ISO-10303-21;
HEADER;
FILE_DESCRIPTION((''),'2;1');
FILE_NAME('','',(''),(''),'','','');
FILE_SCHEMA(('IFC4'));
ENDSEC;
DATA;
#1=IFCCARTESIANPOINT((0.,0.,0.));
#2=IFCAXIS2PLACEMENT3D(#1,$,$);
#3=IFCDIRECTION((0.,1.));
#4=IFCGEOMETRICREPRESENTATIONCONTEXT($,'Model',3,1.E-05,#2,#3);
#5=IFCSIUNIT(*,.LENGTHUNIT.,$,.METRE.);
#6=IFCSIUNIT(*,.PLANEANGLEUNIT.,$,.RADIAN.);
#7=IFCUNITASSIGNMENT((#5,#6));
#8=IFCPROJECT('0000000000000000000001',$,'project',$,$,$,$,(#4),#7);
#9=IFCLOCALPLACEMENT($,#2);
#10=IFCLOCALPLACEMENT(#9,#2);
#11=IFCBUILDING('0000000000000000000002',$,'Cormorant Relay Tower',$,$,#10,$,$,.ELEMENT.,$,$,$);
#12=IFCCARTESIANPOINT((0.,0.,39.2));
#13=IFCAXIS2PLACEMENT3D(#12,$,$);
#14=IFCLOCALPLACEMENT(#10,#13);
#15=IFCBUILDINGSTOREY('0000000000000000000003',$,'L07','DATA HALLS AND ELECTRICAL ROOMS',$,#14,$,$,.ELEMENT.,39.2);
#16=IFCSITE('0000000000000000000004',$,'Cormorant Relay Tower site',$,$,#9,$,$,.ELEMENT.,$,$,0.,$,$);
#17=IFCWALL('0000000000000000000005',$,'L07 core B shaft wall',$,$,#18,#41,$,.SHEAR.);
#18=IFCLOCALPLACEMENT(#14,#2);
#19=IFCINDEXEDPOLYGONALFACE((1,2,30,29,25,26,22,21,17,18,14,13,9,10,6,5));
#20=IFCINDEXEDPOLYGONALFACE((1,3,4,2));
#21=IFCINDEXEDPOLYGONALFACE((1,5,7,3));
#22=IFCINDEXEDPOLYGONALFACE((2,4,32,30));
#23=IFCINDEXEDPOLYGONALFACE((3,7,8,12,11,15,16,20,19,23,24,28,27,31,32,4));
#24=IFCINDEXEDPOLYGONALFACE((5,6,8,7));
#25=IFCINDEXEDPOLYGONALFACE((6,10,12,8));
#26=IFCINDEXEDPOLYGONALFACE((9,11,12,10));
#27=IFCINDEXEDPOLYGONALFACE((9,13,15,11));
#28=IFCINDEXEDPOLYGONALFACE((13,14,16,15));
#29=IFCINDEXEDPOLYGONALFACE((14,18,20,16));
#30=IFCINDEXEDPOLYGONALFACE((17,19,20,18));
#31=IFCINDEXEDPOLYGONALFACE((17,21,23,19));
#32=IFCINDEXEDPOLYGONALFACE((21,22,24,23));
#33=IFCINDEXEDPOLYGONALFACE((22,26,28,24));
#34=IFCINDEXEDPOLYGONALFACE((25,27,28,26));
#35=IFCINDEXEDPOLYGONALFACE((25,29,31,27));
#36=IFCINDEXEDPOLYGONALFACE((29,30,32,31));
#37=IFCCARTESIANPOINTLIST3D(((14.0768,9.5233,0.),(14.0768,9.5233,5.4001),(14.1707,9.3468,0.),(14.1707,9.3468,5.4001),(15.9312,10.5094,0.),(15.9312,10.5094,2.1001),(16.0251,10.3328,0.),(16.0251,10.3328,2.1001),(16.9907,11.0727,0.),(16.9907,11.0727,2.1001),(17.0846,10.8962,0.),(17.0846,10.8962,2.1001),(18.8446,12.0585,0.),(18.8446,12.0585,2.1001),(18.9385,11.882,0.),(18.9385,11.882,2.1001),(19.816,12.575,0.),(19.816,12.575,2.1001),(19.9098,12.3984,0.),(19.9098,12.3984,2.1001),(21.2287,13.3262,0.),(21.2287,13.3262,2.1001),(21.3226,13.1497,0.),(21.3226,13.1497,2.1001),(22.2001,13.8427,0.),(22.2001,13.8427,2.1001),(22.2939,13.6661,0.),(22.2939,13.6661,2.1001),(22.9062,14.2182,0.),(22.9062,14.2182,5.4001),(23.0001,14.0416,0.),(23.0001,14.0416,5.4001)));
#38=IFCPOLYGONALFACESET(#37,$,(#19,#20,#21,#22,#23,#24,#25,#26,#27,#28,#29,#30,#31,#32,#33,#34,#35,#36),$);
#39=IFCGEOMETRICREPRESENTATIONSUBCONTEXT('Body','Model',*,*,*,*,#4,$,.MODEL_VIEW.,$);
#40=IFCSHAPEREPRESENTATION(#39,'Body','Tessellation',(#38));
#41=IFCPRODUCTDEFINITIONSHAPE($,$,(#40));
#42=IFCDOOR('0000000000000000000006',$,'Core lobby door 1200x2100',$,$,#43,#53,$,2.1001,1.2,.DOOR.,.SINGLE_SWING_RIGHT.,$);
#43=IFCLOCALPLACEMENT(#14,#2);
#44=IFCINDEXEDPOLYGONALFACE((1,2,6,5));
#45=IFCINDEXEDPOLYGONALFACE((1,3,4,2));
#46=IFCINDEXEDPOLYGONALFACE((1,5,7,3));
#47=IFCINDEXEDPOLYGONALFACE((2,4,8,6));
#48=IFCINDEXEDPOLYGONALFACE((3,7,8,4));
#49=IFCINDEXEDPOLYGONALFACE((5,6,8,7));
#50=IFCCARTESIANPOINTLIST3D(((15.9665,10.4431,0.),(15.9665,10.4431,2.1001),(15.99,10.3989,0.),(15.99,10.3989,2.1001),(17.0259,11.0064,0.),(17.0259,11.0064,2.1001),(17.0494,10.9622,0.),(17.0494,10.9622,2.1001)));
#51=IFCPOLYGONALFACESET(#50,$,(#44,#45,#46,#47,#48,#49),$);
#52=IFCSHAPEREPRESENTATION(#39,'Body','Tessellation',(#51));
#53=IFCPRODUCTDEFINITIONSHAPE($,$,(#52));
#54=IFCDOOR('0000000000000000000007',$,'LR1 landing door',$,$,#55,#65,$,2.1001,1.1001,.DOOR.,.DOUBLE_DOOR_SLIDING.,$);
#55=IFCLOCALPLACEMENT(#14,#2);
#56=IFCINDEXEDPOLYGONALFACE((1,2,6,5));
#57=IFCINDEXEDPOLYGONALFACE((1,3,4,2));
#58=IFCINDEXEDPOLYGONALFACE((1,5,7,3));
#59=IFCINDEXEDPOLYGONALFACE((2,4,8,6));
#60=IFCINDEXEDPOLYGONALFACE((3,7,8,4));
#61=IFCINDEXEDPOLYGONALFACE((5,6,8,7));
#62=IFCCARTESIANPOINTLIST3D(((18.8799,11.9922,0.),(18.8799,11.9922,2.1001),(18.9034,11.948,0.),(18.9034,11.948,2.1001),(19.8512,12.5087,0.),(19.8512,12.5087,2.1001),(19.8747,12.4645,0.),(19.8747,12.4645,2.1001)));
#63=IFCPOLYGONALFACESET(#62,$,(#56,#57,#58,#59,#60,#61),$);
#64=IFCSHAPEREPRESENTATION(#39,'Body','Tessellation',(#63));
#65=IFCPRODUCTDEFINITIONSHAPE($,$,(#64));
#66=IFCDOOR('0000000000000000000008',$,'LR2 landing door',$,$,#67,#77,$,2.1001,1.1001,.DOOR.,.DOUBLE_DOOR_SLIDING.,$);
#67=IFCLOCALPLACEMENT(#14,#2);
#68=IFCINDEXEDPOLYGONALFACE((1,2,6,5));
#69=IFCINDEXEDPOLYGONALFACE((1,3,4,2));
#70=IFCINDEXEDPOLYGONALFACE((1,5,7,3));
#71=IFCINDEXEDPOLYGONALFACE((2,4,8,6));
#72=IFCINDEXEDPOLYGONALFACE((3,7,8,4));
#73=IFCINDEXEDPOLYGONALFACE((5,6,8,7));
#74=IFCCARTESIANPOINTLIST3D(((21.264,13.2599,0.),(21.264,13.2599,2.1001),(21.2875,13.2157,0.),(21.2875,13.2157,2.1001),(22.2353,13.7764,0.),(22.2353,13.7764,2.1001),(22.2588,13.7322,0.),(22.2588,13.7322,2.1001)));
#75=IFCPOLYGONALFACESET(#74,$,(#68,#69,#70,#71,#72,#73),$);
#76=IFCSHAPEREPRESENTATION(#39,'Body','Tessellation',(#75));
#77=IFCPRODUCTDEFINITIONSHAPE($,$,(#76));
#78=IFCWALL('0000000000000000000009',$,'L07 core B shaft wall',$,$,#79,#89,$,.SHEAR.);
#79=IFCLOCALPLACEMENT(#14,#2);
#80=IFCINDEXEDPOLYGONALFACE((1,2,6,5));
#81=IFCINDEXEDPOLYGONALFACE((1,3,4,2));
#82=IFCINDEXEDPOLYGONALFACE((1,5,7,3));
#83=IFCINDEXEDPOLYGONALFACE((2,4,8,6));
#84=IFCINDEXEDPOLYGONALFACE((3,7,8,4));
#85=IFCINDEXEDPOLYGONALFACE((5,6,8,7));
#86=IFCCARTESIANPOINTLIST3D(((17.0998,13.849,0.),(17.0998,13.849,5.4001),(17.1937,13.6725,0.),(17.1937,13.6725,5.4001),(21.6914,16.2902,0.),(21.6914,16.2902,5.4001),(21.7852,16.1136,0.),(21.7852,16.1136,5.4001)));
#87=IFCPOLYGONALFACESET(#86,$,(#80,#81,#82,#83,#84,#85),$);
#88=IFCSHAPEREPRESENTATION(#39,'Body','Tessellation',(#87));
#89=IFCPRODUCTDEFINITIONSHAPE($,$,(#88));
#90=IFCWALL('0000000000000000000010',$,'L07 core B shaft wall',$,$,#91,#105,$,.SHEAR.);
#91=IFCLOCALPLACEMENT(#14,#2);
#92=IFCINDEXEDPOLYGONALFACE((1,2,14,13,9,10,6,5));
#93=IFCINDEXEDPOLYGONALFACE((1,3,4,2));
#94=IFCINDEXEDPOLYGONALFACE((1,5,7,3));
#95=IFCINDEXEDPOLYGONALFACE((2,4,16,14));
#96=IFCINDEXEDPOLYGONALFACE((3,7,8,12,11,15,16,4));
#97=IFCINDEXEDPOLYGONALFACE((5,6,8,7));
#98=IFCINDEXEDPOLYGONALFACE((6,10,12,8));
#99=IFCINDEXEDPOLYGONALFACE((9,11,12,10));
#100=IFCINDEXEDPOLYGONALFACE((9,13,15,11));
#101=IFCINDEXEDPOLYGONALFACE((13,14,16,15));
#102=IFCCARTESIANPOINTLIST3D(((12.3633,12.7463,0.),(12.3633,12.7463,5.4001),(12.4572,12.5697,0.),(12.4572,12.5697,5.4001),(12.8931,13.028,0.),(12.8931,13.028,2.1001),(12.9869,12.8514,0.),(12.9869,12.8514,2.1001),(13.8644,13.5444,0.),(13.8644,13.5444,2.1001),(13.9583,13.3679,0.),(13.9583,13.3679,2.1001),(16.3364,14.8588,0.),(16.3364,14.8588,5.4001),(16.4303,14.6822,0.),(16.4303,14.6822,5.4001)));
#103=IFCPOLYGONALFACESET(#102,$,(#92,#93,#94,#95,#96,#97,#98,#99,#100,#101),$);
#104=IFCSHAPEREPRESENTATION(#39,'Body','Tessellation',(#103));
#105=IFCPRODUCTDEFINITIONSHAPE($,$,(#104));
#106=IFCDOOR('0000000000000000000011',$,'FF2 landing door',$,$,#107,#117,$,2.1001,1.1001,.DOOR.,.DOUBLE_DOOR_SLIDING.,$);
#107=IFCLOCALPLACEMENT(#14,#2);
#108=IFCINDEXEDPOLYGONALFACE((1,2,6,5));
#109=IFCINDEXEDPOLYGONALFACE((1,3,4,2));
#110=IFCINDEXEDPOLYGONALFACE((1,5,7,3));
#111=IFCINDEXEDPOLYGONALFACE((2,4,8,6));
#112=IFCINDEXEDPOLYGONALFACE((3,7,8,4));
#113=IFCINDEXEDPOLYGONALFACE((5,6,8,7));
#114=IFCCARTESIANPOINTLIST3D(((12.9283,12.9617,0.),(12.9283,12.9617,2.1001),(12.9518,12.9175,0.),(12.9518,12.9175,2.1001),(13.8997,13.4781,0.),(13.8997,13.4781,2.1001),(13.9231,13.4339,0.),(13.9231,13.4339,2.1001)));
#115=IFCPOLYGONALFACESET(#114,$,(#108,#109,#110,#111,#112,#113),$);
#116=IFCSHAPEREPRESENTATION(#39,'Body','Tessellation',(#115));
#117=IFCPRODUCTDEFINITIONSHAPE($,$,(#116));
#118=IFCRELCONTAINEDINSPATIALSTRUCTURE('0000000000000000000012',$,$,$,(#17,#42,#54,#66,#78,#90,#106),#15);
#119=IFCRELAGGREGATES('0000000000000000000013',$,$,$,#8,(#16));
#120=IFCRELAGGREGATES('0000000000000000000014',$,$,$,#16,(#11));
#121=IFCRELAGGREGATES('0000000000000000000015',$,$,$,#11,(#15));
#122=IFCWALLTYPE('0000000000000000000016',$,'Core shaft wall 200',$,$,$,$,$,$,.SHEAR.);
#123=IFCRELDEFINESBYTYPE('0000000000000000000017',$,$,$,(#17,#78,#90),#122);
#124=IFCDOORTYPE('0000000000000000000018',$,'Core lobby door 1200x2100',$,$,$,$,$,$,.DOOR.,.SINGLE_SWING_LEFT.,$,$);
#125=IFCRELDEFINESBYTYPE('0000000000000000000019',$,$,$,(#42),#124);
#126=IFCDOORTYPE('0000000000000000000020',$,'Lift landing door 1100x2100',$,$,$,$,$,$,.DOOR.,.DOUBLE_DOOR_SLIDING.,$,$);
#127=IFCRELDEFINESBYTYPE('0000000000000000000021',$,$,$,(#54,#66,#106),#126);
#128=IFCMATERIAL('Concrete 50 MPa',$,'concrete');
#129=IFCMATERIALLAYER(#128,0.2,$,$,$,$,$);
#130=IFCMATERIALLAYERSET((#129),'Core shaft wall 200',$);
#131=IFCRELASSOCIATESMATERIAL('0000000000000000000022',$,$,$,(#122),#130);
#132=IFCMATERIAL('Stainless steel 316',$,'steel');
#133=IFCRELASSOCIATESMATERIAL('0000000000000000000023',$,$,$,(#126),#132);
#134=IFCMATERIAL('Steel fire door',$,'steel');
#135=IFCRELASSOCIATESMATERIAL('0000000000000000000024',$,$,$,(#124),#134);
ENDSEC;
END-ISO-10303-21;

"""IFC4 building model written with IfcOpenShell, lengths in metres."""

from ifc_helpers import new_model, si_unit, direction, frame, frame_2d, origin, place, context, subcontext, project, spatial, rectangle, extrude, material, layer, layer_set, type_object, element, fill, save


model = new_model("IFC4")

# Units and contexts
model_context = context("Model", 3, precision=1e-05, world=origin(), true_north=direction((0.0, 1.0)))
body_context = subcontext(model_context, "Body", "Model", "MODEL_VIEW")
ifc_project = project(units=[si_unit("LENGTHUNIT", "METRE"), si_unit("PLANEANGLEUNIT", "RADIAN")], contexts=[model_context])

# Site, building, storey
site_placement = place(None, origin())
site = spatial("IfcSite", under=ifc_project, at=site_placement, Name="Cormorant Relay Tower site", CompositionType="ELEMENT", RefElevation=0.0)
building_placement = place(site_placement, origin())
building = spatial("IfcBuilding", under=site, at=building_placement, Name="Cormorant Relay Tower", CompositionType="ELEMENT")
storey_placement = place(building_placement, frame((0.0, 0.0, 39.2)))
storey = spatial("IfcBuildingStorey", under=building, at=storey_placement, Name="L07", Description="DATA HALLS AND ELECTRICAL ROOMS", CompositionType="ELEMENT", Elevation=39.2)

# Shared definitions
ifc_material_1 = material(Name="Concrete 50 MPa", Category="concrete")
ifc_layer_1 = layer(ifc_material_1, 0.2)
ifc_layer_set_1 = layer_set([ifc_layer_1], Name="Core shaft wall 200")
wall_type_1 = type_object("IfcWallType", Name="Core shaft wall 200", PredefinedType="SHEAR", material=ifc_layer_set_1)

# Wall, openings, doors
ifc_material_2 = material(Name="Stainless steel 316", Category="steel")
door_type_1 = type_object("IfcDoorType", Name="Lift landing door 1100x2100", OperationType="DOUBLE_DOOR_SLIDING", PredefinedType="DOOR", material=ifc_material_2)
wall_1_placement = place(storey_placement, frame((14.1238, 9.4351, 0.0), z_axis=(0.0, 0.0, 1.0), x_axis=(0.88294, 0.469485, 0.0)))
wall_1 = element("IfcWall", 1, at=wall_1_placement, inside=storey, type_object=wall_type_1, Name="L07 core B shaft wall", PredefinedType="SHEAR", context=body_context, shape_type="SweptSolid", body=[
    extrude(rectangle(XDim=10.0, YDim=0.2, at=frame_2d((5.0, 0.0))), origin(), (0.0, 0.0, 1.0), 5.4001),
])
opening_1_placement = place(wall_1_placement, frame((2.1001, 0.0, 0.0)))
opening_1 = element("IfcOpeningElement", 2, at=opening_1_placement, cuts=wall_1, PredefinedType="OPENING", context=body_context, shape_type="SweptSolid", body=[
    extrude(rectangle(XDim=1.2, YDim=2.1001, at=frame_2d((0.6001, 1.05))), frame((0.0, 0.1099, 0.0), z_axis=(0.0, -1.0, 0.0), x_axis=(1.0, 0.0, 0.0)), (0.0, 0.0, 1.0), 0.22),
])
opening_2_placement = place(wall_1_placement, frame((5.3999, 0.0, 0.0)))
opening_2 = element("IfcOpeningElement", 3, at=opening_2_placement, cuts=wall_1, PredefinedType="OPENING", context=body_context, shape_type="SweptSolid", body=[
    extrude(rectangle(XDim=1.1001, YDim=2.1001, at=frame_2d((0.55, 1.05))), frame((0.0, 0.1099, 0.0), z_axis=(0.0, -1.0, 0.0), x_axis=(1.0, 0.0, 0.0)), (0.0, 0.0, 1.0), 0.22),
])
opening_3_placement = place(wall_1_placement, frame((8.1001, 0.0, 0.0)))
opening_3 = element("IfcOpeningElement", 4, at=opening_3_placement, cuts=wall_1, PredefinedType="OPENING", context=body_context, shape_type="SweptSolid", body=[
    extrude(rectangle(XDim=1.1001, YDim=2.1001, at=frame_2d((0.55, 1.05))), frame((0.0, 0.1099, 0.0), z_axis=(0.0, -1.0, 0.0), x_axis=(1.0, 0.0, 0.0)), (0.0, 0.0, 1.0), 0.22),
])
ifc_material_3 = material(Name="Steel fire door", Category="steel")
door_type_2 = type_object("IfcDoorType", Name="Core lobby door 1200x2100", OperationType="SINGLE_SWING_LEFT", PredefinedType="DOOR", material=ifc_material_3)
door_1_placement = place(opening_1_placement, origin())
door_1 = element("IfcDoor", 5, at=door_1_placement, inside=storey, type_object=door_type_2, Name="Core lobby door 1200x2100", OperationType="SINGLE_SWING_RIGHT", OverallHeight=2.1001, OverallWidth=1.2, PredefinedType="DOOR", context=body_context, shape_type="SweptSolid", body=[
    extrude(rectangle(XDim=1.2, YDim=2.1001, at=frame_2d((0.6001, 1.05))), frame((0.0, 0.0249, 0.0), z_axis=(0.0, -1.0, 0.0), x_axis=(1.0, 0.0, 0.0)), (0.0, 0.0, 1.0), 0.05),
])
fill(opening_1, door_1)
door_2_placement = place(opening_2_placement, origin())
door_2 = element("IfcDoor", 6, at=door_2_placement, inside=storey, type_object=door_type_1, Name="LR1 landing door", OperationType="DOUBLE_DOOR_SLIDING", OverallHeight=2.1001, OverallWidth=1.1001, PredefinedType="DOOR", context=body_context, shape_type="SweptSolid", body=[
    extrude(rectangle(XDim=1.1001, YDim=2.1001, at=frame_2d((0.55, 1.05))), frame((0.0, 0.0249, 0.0), z_axis=(0.0, -1.0, 0.0), x_axis=(1.0, 0.0, 0.0)), (0.0, 0.0, 1.0), 0.05),
])
fill(opening_2, door_2)
door_3_placement = place(opening_3_placement, origin())
door_3 = element("IfcDoor", 7, at=door_3_placement, inside=storey, type_object=door_type_1, Name="LR2 landing door", OperationType="DOUBLE_DOOR_SLIDING", OverallHeight=2.1001, OverallWidth=1.1001, PredefinedType="DOOR", context=body_context, shape_type="SweptSolid", body=[
    extrude(rectangle(XDim=1.1001, YDim=2.1001, at=frame_2d((0.55, 1.05))), frame((0.0, 0.0249, 0.0), z_axis=(0.0, -1.0, 0.0), x_axis=(1.0, 0.0, 0.0)), (0.0, 0.0, 1.0), 0.05),
])
fill(opening_3, door_3)

# Wall
wall_2_placement = place(storey_placement, frame((17.1467, 13.7607, 0.0), z_axis=(0.0, 0.0, 1.0), x_axis=(0.882964, 0.46944, 0.0)))
element("IfcWall", 8, at=wall_2_placement, inside=storey, type_object=wall_type_1, Name="L07 core B shaft wall", PredefinedType="SHEAR", context=body_context, shape_type="SweptSolid", body=[
    extrude(rectangle(XDim=5.2002, YDim=0.2, at=frame_2d((2.6001, 0.0))), origin(), (0.0, 0.0, 1.0), 5.4001),
])

# Wall, opening, door
wall_3_placement = place(storey_placement, frame((12.4102, 12.658, 0.0), z_axis=(0.0, 0.0, 1.0), x_axis=(0.882948, 0.46947, 0.0)))
wall_3 = element("IfcWall", 9, at=wall_3_placement, inside=storey, type_object=wall_type_1, Name="L07 core B shaft wall", PredefinedType="SHEAR", context=body_context, shape_type="SweptSolid", body=[
    extrude(rectangle(XDim=4.4998, YDim=0.2, at=frame_2d((2.25, 0.0))), origin(), (0.0, 0.0, 1.0), 5.4001),
])
opening_4_placement = place(wall_3_placement, frame((0.6001, 0.0, 0.0)))
opening_4 = element("IfcOpeningElement", 10, at=opening_4_placement, cuts=wall_3, PredefinedType="OPENING", context=body_context, shape_type="SweptSolid", body=[
    extrude(rectangle(XDim=1.1001, YDim=2.1001, at=frame_2d((0.55, 1.05))), frame((0.0, 0.1099, 0.0), z_axis=(0.0, -1.0, 0.0), x_axis=(1.0, 0.0, 0.0)), (0.0, 0.0, 1.0), 0.22),
])
door_4_placement = place(opening_4_placement, origin())
door_4 = element("IfcDoor", 11, at=door_4_placement, inside=storey, type_object=door_type_1, Name="FF2 landing door", OperationType="DOUBLE_DOOR_SLIDING", OverallHeight=2.1001, OverallWidth=1.1001, PredefinedType="DOOR", context=body_context, shape_type="SweptSolid", body=[
    extrude(rectangle(XDim=1.1001, YDim=2.1001, at=frame_2d((0.55, 1.05))), frame((0.0, 0.0249, 0.0), z_axis=(0.0, -1.0, 0.0), x_axis=(1.0, 0.0, 0.0)), (0.0, 0.0, 1.0), 0.05),
])
fill(opening_4, door_4)

save(model, "model.ifc")
